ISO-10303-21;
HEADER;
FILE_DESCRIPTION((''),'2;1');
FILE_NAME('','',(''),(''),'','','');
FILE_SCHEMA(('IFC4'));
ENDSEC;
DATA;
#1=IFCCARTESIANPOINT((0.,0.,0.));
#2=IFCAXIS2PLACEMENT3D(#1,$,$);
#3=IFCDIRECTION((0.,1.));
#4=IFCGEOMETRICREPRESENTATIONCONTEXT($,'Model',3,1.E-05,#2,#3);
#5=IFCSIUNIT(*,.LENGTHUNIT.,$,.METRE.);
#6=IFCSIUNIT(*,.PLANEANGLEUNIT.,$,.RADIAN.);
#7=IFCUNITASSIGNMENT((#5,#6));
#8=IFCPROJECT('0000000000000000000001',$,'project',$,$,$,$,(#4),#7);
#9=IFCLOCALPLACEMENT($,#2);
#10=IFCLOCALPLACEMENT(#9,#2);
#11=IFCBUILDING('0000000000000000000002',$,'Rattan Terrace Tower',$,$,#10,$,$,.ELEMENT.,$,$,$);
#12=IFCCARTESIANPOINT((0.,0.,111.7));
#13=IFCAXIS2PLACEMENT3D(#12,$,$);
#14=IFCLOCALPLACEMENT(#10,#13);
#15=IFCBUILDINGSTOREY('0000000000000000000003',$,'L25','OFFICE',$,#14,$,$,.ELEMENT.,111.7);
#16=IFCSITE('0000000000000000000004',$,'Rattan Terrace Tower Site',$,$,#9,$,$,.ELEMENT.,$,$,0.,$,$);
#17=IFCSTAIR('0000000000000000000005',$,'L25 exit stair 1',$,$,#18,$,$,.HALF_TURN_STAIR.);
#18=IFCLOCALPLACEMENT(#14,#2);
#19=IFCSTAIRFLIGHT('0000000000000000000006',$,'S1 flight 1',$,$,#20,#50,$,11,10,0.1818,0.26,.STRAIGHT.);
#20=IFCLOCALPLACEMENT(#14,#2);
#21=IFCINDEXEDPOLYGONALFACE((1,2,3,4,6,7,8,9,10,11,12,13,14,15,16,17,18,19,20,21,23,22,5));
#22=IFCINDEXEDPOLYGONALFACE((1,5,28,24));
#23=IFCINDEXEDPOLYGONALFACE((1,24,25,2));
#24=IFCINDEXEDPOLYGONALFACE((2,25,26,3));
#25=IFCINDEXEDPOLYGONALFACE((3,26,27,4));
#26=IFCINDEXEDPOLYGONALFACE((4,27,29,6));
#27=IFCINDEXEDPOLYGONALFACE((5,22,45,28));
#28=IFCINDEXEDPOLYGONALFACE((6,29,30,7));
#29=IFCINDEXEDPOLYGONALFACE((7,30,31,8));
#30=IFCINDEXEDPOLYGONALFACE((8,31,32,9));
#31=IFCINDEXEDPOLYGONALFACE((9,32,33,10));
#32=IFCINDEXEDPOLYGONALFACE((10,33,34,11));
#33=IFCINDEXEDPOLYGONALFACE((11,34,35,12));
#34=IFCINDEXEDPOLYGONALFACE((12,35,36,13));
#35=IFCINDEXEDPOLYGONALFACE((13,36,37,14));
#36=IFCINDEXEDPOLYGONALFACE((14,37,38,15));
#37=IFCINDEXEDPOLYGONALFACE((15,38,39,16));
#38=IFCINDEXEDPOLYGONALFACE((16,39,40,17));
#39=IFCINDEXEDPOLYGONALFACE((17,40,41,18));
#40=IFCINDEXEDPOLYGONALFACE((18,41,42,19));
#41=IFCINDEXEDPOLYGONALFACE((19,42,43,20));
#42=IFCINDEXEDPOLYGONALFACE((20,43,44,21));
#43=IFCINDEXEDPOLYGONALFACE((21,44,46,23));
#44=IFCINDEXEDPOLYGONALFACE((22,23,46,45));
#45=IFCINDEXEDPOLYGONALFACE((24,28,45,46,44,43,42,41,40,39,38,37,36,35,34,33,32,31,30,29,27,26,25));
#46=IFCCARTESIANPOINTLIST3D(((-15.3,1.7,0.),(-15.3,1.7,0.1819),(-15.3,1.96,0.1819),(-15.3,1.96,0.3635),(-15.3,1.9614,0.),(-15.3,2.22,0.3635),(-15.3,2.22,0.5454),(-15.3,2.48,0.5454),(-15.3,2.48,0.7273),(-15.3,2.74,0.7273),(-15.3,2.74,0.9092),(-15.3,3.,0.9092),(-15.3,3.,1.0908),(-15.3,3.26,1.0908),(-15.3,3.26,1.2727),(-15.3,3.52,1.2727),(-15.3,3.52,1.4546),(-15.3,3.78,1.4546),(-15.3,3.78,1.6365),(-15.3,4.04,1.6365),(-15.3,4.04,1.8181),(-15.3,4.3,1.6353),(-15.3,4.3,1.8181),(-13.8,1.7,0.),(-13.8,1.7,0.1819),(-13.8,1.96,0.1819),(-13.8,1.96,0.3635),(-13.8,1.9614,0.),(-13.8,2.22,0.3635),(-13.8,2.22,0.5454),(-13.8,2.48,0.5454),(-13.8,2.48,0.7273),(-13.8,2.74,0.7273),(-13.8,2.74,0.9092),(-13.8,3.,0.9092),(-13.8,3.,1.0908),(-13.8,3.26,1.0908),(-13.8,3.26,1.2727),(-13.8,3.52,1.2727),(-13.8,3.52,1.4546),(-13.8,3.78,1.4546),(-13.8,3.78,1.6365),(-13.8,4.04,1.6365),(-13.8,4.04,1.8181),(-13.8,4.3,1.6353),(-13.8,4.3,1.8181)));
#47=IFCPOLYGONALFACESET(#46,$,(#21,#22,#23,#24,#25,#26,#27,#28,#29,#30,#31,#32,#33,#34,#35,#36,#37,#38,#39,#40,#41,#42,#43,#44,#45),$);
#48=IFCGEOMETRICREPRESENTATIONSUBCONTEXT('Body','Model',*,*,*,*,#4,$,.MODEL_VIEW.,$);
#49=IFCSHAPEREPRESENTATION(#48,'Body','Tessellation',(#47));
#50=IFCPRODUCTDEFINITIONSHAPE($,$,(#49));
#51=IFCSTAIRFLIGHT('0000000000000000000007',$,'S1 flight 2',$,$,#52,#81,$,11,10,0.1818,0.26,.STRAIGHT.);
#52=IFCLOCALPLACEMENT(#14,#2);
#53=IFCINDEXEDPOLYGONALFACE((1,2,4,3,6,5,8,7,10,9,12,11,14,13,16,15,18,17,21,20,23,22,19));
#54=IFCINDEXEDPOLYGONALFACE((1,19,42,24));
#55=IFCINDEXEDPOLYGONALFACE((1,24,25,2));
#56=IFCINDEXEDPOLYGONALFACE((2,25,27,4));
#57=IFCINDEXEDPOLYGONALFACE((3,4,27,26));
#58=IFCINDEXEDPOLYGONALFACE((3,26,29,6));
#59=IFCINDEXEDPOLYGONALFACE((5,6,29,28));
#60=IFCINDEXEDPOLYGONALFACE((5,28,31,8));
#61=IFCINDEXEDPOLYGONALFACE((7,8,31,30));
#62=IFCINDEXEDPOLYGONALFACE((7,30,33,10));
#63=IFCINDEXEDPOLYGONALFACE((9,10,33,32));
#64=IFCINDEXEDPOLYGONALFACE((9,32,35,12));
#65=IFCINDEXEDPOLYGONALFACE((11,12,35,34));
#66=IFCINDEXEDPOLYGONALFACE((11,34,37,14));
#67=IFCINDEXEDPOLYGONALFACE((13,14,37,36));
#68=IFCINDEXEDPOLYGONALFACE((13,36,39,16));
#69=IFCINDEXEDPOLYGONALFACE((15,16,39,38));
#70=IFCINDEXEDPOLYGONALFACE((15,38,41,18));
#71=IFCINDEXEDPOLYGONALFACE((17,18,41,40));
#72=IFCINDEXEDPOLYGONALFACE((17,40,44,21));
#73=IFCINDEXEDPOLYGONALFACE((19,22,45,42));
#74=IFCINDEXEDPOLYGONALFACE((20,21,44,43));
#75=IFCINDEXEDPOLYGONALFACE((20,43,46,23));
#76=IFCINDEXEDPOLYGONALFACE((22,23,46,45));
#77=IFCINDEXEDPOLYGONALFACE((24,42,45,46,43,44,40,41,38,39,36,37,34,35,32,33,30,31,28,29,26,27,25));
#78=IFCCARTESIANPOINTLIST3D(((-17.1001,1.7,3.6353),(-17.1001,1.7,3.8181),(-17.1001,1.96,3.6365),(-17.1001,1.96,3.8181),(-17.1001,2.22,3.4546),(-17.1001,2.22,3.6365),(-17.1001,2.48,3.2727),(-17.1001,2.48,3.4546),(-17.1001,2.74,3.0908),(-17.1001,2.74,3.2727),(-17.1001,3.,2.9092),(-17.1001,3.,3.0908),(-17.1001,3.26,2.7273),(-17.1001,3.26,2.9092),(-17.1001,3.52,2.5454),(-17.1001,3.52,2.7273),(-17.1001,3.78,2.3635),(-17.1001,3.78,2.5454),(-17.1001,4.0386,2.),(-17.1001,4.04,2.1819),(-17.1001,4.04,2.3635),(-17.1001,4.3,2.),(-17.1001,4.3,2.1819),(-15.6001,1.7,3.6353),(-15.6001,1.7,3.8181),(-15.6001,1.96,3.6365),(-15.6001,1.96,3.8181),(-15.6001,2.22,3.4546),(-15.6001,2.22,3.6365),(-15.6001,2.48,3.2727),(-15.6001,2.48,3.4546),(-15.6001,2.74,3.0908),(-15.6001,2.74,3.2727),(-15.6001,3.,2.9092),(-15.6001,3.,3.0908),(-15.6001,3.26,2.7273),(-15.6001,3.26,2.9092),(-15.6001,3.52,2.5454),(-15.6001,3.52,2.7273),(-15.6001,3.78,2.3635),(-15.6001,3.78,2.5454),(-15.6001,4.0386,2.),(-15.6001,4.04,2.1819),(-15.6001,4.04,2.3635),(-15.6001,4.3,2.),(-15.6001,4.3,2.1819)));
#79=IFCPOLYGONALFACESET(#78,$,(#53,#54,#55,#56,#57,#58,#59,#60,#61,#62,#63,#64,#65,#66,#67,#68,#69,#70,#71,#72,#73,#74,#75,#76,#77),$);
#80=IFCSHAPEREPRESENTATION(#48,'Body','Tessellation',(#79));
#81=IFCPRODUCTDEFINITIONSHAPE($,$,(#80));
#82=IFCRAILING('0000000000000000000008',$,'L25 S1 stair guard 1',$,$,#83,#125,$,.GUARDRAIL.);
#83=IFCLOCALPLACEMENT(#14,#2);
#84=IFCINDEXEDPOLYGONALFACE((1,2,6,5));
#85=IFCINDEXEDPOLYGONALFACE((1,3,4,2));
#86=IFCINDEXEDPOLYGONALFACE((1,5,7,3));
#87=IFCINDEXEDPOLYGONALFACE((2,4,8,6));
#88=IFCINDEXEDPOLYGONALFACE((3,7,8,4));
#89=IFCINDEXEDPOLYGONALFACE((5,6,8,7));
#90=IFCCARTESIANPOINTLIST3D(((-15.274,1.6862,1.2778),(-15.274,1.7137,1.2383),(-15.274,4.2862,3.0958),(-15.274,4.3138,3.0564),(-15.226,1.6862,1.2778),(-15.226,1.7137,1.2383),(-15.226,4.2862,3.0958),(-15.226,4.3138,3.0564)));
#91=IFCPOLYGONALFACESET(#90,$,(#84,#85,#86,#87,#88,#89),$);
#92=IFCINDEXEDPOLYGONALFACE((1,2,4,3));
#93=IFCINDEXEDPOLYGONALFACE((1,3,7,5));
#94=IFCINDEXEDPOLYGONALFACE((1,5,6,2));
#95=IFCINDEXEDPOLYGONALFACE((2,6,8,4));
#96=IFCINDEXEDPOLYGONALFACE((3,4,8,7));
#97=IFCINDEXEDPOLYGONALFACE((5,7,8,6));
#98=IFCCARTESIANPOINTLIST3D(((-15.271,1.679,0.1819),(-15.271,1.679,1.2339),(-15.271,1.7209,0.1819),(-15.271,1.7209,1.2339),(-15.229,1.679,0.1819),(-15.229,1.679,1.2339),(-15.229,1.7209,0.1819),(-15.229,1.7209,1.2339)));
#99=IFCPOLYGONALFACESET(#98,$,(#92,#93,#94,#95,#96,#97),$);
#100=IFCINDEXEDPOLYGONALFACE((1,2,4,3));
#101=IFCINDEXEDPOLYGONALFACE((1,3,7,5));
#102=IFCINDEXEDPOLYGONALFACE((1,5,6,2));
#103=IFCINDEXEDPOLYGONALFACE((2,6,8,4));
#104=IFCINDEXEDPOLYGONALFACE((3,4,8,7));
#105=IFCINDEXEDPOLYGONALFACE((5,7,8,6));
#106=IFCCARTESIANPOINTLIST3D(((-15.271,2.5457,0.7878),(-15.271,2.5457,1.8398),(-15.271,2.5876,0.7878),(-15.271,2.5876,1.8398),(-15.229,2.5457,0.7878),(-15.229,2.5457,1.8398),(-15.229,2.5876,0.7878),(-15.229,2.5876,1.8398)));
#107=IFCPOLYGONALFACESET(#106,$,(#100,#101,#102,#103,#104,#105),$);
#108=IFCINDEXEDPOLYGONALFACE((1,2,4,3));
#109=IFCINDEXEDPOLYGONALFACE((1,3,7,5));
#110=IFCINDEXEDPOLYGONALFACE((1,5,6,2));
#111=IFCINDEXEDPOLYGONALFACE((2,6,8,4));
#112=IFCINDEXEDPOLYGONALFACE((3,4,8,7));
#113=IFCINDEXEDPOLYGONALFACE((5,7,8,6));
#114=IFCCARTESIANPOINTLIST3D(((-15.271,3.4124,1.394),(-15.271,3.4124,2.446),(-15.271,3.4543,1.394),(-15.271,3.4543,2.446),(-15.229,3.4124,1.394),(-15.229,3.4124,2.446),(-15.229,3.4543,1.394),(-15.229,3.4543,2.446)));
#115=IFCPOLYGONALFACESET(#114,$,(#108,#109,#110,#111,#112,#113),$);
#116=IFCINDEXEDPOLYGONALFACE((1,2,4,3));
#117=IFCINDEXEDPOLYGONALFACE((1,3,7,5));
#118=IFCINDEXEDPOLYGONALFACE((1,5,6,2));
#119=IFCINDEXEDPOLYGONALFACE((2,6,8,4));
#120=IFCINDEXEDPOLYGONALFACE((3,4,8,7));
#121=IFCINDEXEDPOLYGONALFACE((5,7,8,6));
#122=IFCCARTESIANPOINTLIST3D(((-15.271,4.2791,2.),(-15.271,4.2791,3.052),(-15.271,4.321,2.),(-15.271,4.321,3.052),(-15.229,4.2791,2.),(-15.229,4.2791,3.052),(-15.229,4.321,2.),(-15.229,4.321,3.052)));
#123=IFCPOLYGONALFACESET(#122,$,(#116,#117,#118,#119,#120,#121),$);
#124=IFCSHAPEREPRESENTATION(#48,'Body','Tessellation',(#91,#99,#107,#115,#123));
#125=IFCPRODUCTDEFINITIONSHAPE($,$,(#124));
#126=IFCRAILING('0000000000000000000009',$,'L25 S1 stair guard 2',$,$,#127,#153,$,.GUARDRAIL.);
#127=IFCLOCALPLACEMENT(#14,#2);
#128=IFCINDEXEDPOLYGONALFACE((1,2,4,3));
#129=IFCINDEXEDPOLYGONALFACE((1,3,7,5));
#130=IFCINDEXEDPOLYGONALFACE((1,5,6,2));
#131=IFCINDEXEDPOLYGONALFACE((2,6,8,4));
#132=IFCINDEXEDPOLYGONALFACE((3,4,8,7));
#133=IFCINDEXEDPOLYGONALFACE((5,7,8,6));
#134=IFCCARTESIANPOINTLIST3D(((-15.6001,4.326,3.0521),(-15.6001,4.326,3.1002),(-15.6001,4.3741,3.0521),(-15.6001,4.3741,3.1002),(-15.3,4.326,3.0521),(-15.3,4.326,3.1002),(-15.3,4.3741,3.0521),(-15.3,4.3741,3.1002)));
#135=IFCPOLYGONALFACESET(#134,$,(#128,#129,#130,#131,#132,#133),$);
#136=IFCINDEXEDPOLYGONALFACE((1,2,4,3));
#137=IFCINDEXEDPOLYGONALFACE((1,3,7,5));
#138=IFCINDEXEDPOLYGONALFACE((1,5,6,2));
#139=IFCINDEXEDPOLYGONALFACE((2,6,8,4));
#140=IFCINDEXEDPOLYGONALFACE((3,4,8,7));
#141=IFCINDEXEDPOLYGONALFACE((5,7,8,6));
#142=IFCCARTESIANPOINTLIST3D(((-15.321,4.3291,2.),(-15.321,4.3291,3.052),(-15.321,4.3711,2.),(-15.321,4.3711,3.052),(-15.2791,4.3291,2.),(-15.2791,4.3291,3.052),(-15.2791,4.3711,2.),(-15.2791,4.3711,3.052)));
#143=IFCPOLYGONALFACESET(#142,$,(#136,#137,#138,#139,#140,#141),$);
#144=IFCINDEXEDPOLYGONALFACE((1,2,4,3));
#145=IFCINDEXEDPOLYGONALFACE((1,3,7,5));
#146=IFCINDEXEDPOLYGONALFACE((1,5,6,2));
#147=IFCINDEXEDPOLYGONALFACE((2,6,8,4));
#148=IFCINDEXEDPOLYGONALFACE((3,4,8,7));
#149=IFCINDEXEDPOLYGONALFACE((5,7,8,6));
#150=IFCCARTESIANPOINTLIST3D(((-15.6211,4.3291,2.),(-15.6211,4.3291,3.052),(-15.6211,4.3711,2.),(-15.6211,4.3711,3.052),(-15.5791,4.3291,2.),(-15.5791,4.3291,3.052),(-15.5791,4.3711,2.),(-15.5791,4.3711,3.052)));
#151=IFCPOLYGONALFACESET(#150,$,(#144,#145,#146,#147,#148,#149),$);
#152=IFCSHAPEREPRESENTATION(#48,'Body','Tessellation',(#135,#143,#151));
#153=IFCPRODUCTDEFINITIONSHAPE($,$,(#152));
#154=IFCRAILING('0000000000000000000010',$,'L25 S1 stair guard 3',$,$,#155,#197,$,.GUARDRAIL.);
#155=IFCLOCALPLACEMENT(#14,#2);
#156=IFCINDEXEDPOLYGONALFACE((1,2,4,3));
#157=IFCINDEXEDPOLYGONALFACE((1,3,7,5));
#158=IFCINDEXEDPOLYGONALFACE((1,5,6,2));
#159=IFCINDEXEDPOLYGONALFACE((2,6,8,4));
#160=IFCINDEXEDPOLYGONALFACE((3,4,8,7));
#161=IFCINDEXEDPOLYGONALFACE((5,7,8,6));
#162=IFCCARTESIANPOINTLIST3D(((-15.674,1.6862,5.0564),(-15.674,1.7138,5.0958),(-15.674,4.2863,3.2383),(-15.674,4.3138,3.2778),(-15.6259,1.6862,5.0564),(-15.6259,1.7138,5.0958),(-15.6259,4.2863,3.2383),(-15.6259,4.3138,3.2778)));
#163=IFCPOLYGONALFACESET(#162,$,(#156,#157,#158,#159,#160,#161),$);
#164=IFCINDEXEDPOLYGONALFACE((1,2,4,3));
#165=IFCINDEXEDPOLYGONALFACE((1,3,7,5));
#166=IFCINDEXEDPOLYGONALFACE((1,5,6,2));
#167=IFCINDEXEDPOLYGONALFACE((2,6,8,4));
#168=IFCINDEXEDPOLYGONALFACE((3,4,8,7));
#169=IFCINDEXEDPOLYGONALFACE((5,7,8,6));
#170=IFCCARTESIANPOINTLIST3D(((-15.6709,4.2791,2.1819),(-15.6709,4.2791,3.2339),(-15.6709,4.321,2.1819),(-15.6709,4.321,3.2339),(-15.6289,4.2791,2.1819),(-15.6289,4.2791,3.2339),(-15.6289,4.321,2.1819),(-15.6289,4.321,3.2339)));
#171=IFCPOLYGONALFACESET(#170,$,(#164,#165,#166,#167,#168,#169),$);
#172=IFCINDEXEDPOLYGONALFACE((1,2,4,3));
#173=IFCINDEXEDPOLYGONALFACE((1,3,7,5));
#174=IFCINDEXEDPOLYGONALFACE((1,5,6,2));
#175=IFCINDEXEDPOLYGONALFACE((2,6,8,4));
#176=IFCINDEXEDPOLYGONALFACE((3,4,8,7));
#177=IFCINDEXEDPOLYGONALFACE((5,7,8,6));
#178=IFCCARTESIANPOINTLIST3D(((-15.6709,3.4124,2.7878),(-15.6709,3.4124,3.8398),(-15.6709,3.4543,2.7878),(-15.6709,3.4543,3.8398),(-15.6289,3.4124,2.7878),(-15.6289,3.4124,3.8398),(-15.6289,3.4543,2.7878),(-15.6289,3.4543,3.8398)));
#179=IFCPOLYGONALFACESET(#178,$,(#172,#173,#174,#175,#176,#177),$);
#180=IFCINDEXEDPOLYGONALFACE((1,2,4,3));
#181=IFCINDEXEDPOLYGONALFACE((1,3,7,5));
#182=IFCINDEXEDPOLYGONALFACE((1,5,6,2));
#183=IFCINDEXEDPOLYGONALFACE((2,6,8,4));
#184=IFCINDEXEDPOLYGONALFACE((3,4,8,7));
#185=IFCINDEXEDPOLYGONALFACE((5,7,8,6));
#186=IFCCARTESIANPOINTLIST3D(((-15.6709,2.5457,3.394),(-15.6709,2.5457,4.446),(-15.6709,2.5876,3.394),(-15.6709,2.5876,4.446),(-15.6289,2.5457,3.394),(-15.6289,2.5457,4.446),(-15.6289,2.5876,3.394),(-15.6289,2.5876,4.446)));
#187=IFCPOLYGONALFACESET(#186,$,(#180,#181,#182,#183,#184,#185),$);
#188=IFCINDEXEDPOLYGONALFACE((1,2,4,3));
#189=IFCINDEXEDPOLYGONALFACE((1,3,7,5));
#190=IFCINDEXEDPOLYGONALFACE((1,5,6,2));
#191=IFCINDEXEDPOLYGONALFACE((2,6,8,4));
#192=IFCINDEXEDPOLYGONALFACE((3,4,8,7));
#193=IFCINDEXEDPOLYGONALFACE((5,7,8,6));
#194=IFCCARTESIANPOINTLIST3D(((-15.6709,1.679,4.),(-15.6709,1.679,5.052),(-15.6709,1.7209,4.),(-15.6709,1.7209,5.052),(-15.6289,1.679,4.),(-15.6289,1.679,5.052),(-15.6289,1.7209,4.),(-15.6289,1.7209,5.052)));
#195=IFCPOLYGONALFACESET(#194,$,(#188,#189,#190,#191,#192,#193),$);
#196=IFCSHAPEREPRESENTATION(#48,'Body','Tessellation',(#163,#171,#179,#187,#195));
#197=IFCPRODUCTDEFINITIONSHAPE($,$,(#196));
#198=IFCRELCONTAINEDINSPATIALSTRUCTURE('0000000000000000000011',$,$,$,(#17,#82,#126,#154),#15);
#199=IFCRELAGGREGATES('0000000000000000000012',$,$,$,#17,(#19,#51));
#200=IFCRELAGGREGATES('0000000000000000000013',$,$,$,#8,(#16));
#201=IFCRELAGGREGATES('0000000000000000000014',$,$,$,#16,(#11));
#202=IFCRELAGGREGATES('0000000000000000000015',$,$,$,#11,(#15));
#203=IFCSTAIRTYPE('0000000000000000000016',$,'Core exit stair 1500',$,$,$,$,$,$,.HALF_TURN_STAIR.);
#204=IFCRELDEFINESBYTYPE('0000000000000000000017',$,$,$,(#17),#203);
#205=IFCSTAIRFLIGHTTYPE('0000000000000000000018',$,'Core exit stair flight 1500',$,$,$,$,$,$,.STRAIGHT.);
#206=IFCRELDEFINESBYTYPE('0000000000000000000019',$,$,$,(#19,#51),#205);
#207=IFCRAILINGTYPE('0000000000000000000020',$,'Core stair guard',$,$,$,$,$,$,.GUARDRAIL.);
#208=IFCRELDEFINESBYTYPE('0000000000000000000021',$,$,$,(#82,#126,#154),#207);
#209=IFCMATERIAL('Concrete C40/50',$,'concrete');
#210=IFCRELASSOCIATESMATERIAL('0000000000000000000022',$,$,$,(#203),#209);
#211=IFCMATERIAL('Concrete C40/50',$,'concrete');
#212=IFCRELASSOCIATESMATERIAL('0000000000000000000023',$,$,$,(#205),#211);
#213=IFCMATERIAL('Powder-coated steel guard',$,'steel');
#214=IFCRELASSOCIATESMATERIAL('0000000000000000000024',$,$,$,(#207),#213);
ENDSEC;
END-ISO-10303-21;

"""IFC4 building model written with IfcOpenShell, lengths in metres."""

from ifc_helpers import new_model, si_unit, direction, frame, origin, origin_2d, place, context, subcontext, project, spatial, polyline, rectangle, outline, extrude, material, type_object, element, aggregate, save


model = new_model("IFC4")

# Units and contexts
model_context = context("Model", 3, precision=1e-05, world=origin(), true_north=direction((0.0, 1.0)))
body_context = subcontext(model_context, "Body", "Model", "MODEL_VIEW")
ifc_project = project(units=[si_unit("LENGTHUNIT", "METRE"), si_unit("PLANEANGLEUNIT", "RADIAN")], contexts=[model_context])

# Site, building, storey
site_placement = place(None, origin())
site = spatial("IfcSite", under=ifc_project, at=site_placement, Name="Rattan Terrace Tower Site", CompositionType="ELEMENT", RefElevation=0.0)
building_placement = place(site_placement, origin())
building = spatial("IfcBuilding", under=site, at=building_placement, Name="Rattan Terrace Tower", CompositionType="ELEMENT")
storey_placement = place(building_placement, frame((0.0, 0.0, 111.7)))
storey = spatial("IfcBuildingStorey", under=building, at=storey_placement, Name="L25", Description="OFFICE", CompositionType="ELEMENT", Elevation=111.7)

# Stair, stair flights
ifc_material_1 = material(Name="Concrete C40/50", Category="concrete")
stair_type = type_object("IfcStairType", Name="Core exit stair 1500", PredefinedType="HALF_TURN_STAIR", material=ifc_material_1)
stair_placement = place(storey_placement, origin())
stair = element("IfcStair", 1, at=stair_placement, inside=storey, type_object=stair_type, Name="L25 exit stair 1", PredefinedType="HALF_TURN_STAIR")
ifc_material_2 = material(Name="Concrete C40/50", Category="concrete")
stair_flight_type = type_object("IfcStairFlightType", Name="Core exit stair flight 1500", PredefinedType="STRAIGHT", material=ifc_material_2)
stair_flight_1_placement = place(storey_placement, frame((-14.55, 1.7, 0.0), z_axis=(0.0, 0.0, 1.0), x_axis=(0.0, 1.0, 0.0)))
stair_flight_1 = element("IfcStairFlight", 2, at=stair_flight_1_placement, type_object=stair_flight_type, Name="S1 flight 1", NumberOfRisers=11, NumberOfTreads=10, PredefinedType="STRAIGHT", RiserHeight=0.1818, TreadLength=0.26, context=body_context, shape_type="SweptSolid", body=[
    extrude(outline(polyline([(0.0, 0.0), (0.0, 0.1819), (0.26, 0.1819), (0.26, 0.3635), (0.52, 0.3635), (0.52, 0.5454), (0.78, 0.5454), (0.78, 0.7273), (1.04, 0.7273), (1.04, 0.9092), (1.3, 0.9092), (1.3, 1.0908), (1.5601, 1.0908), (1.5601, 1.2727), (1.8201, 1.2727), (1.8201, 1.4546), (2.0801, 1.4546), (2.0801, 1.6365), (2.3401, 1.6365), (2.3401, 1.8181), (2.6001, 1.8181), (2.6001, 2.0), (2.6001, 1.6353), (0.2615, 0.0), (0.0, 0.0)])), frame((0.0, 0.75, 0.0), z_axis=(0.0, -1.0, 0.0), x_axis=(1.0, 0.0, 0.0)), (0.0, 0.0, 1.0), 1.5),
])
stair_flight_2_placement = place(storey_placement, frame((-16.3501, 4.3, 2.0), z_axis=(0.0, 0.0, 1.0), x_axis=(0.0, -1.0, 0.0)))
stair_flight_2 = element("IfcStairFlight", 3, at=stair_flight_2_placement, type_object=stair_flight_type, Name="S1 flight 2", NumberOfRisers=11, NumberOfTreads=10, PredefinedType="STRAIGHT", RiserHeight=0.1818, TreadLength=0.26, context=body_context, shape_type="SweptSolid", body=[
    extrude(outline(polyline([(0.0, 0.0), (0.0, 0.1819), (0.26, 0.1819), (0.26, 0.3635), (0.52, 0.3635), (0.52, 0.5454), (0.78, 0.5454), (0.78, 0.7273), (1.04, 0.7273), (1.04, 0.9092), (1.3, 0.9092), (1.3, 1.0908), (1.5601, 1.0908), (1.5601, 1.2727), (1.8201, 1.2727), (1.8201, 1.4546), (2.0801, 1.4546), (2.0801, 1.6365), (2.3401, 1.6365), (2.3401, 1.8181), (2.6001, 1.8181), (2.6001, 2.0), (2.6001, 1.6353), (0.2615, 0.0), (0.0, 0.0)])), frame((0.0, 0.75, 0.0), z_axis=(0.0, -1.0, 0.0), x_axis=(1.0, 0.0, 0.0)), (0.0, 0.0, 1.0), 1.5),
])
aggregate(stair, [stair_flight_1, stair_flight_2])

# Railings
ifc_material_3 = material(Name="Powder-coated steel guard", Category="steel")
railing_type_1 = type_object("IfcRailingType", Name="Core stair guard", PredefinedType="GUARDRAIL", material=ifc_material_3)
railing_1_placement = place(storey_placement, frame((-15.25, 1.7, 0.1819)))
element("IfcRailing", 4, at=railing_1_placement, inside=storey, type_object=railing_type_1, Name="L25 S1 stair guard 1", PredefinedType="GUARDRAIL", context=body_context, shape_type="SweptSolid", body=[
    extrude(rectangle(XDim=0.0481, YDim=0.0481, at=origin_2d()), frame((0.0, 0.0, 1.0762), z_axis=(0.0, 0.819521, 0.573049), x_axis=(-1.0, 0.0, 0.0)), (0.0, 0.0, 1.0), 3.1726),
    extrude(rectangle(XDim=0.042, YDim=0.042, at=origin_2d()), origin(), (0.0, 0.0, 1.0), 1.052),
    extrude(rectangle(XDim=0.042, YDim=0.042, at=origin_2d()), frame((0.0, 0.8667, 0.606)), (0.0, 0.0, 1.0), 1.052),
    extrude(rectangle(XDim=0.042, YDim=0.042, at=origin_2d()), frame((0.0, 1.7334, 1.2122)), (0.0, 0.0, 1.0), 1.052),
    extrude(rectangle(XDim=0.042, YDim=0.042, at=origin_2d()), frame((0.0, 2.6001, 1.8181)), (0.0, 0.0, 1.0), 1.052),
])
railing_2_placement = place(storey_placement, frame((-15.3, 4.3501, 2.0)))
element("IfcRailing", 5, at=railing_2_placement, inside=storey, type_object=railing_type_1, Name="L25 S1 stair guard 2", PredefinedType="GUARDRAIL", context=body_context, shape_type="SweptSolid", body=[
    extrude(rectangle(XDim=0.0481, YDim=0.0481, at=origin_2d()), frame((0.0, 0.0, 1.0762), z_axis=(-1.0, 0.0, 0.0), x_axis=(0.0, -1.0, 0.0)), (0.0, 0.0, 1.0), 0.3),
    extrude(rectangle(XDim=0.042, YDim=0.042, at=origin_2d()), origin(), (0.0, 0.0, 1.0), 1.052),
    extrude(rectangle(XDim=0.042, YDim=0.042, at=origin_2d()), frame((-0.3, 0.0, 0.0)), (0.0, 0.0, 1.0), 1.052),
])
railing_3_placement = place(storey_placement, frame((-15.6499, 4.3, 2.1819)))
element("IfcRailing", 6, at=railing_3_placement, inside=storey, type_object=railing_type_1, Name="L25 S1 stair guard 3", PredefinedType="GUARDRAIL", context=body_context, shape_type="SweptSolid", body=[
    extrude(rectangle(XDim=0.0481, YDim=0.0481, at=origin_2d()), frame((0.0, 0.0, 1.0762), z_axis=(0.0, -0.819521, 0.573049), x_axis=(1.0, 0.0, 0.0)), (0.0, 0.0, 1.0), 3.1726),
    extrude(rectangle(XDim=0.042, YDim=0.042, at=origin_2d()), origin(), (0.0, 0.0, 1.0), 1.052),
    extrude(rectangle(XDim=0.042, YDim=0.042, at=origin_2d()), frame((0.0, -0.8667, 0.606)), (0.0, 0.0, 1.0), 1.052),
    extrude(rectangle(XDim=0.042, YDim=0.042, at=origin_2d()), frame((0.0, -1.7334, 1.2122)), (0.0, 0.0, 1.0), 1.052),
    extrude(rectangle(XDim=0.042, YDim=0.042, at=origin_2d()), frame((0.0, -2.6001, 1.8181)), (0.0, 0.0, 1.0), 1.052),
])

save(model, "model.ifc")
